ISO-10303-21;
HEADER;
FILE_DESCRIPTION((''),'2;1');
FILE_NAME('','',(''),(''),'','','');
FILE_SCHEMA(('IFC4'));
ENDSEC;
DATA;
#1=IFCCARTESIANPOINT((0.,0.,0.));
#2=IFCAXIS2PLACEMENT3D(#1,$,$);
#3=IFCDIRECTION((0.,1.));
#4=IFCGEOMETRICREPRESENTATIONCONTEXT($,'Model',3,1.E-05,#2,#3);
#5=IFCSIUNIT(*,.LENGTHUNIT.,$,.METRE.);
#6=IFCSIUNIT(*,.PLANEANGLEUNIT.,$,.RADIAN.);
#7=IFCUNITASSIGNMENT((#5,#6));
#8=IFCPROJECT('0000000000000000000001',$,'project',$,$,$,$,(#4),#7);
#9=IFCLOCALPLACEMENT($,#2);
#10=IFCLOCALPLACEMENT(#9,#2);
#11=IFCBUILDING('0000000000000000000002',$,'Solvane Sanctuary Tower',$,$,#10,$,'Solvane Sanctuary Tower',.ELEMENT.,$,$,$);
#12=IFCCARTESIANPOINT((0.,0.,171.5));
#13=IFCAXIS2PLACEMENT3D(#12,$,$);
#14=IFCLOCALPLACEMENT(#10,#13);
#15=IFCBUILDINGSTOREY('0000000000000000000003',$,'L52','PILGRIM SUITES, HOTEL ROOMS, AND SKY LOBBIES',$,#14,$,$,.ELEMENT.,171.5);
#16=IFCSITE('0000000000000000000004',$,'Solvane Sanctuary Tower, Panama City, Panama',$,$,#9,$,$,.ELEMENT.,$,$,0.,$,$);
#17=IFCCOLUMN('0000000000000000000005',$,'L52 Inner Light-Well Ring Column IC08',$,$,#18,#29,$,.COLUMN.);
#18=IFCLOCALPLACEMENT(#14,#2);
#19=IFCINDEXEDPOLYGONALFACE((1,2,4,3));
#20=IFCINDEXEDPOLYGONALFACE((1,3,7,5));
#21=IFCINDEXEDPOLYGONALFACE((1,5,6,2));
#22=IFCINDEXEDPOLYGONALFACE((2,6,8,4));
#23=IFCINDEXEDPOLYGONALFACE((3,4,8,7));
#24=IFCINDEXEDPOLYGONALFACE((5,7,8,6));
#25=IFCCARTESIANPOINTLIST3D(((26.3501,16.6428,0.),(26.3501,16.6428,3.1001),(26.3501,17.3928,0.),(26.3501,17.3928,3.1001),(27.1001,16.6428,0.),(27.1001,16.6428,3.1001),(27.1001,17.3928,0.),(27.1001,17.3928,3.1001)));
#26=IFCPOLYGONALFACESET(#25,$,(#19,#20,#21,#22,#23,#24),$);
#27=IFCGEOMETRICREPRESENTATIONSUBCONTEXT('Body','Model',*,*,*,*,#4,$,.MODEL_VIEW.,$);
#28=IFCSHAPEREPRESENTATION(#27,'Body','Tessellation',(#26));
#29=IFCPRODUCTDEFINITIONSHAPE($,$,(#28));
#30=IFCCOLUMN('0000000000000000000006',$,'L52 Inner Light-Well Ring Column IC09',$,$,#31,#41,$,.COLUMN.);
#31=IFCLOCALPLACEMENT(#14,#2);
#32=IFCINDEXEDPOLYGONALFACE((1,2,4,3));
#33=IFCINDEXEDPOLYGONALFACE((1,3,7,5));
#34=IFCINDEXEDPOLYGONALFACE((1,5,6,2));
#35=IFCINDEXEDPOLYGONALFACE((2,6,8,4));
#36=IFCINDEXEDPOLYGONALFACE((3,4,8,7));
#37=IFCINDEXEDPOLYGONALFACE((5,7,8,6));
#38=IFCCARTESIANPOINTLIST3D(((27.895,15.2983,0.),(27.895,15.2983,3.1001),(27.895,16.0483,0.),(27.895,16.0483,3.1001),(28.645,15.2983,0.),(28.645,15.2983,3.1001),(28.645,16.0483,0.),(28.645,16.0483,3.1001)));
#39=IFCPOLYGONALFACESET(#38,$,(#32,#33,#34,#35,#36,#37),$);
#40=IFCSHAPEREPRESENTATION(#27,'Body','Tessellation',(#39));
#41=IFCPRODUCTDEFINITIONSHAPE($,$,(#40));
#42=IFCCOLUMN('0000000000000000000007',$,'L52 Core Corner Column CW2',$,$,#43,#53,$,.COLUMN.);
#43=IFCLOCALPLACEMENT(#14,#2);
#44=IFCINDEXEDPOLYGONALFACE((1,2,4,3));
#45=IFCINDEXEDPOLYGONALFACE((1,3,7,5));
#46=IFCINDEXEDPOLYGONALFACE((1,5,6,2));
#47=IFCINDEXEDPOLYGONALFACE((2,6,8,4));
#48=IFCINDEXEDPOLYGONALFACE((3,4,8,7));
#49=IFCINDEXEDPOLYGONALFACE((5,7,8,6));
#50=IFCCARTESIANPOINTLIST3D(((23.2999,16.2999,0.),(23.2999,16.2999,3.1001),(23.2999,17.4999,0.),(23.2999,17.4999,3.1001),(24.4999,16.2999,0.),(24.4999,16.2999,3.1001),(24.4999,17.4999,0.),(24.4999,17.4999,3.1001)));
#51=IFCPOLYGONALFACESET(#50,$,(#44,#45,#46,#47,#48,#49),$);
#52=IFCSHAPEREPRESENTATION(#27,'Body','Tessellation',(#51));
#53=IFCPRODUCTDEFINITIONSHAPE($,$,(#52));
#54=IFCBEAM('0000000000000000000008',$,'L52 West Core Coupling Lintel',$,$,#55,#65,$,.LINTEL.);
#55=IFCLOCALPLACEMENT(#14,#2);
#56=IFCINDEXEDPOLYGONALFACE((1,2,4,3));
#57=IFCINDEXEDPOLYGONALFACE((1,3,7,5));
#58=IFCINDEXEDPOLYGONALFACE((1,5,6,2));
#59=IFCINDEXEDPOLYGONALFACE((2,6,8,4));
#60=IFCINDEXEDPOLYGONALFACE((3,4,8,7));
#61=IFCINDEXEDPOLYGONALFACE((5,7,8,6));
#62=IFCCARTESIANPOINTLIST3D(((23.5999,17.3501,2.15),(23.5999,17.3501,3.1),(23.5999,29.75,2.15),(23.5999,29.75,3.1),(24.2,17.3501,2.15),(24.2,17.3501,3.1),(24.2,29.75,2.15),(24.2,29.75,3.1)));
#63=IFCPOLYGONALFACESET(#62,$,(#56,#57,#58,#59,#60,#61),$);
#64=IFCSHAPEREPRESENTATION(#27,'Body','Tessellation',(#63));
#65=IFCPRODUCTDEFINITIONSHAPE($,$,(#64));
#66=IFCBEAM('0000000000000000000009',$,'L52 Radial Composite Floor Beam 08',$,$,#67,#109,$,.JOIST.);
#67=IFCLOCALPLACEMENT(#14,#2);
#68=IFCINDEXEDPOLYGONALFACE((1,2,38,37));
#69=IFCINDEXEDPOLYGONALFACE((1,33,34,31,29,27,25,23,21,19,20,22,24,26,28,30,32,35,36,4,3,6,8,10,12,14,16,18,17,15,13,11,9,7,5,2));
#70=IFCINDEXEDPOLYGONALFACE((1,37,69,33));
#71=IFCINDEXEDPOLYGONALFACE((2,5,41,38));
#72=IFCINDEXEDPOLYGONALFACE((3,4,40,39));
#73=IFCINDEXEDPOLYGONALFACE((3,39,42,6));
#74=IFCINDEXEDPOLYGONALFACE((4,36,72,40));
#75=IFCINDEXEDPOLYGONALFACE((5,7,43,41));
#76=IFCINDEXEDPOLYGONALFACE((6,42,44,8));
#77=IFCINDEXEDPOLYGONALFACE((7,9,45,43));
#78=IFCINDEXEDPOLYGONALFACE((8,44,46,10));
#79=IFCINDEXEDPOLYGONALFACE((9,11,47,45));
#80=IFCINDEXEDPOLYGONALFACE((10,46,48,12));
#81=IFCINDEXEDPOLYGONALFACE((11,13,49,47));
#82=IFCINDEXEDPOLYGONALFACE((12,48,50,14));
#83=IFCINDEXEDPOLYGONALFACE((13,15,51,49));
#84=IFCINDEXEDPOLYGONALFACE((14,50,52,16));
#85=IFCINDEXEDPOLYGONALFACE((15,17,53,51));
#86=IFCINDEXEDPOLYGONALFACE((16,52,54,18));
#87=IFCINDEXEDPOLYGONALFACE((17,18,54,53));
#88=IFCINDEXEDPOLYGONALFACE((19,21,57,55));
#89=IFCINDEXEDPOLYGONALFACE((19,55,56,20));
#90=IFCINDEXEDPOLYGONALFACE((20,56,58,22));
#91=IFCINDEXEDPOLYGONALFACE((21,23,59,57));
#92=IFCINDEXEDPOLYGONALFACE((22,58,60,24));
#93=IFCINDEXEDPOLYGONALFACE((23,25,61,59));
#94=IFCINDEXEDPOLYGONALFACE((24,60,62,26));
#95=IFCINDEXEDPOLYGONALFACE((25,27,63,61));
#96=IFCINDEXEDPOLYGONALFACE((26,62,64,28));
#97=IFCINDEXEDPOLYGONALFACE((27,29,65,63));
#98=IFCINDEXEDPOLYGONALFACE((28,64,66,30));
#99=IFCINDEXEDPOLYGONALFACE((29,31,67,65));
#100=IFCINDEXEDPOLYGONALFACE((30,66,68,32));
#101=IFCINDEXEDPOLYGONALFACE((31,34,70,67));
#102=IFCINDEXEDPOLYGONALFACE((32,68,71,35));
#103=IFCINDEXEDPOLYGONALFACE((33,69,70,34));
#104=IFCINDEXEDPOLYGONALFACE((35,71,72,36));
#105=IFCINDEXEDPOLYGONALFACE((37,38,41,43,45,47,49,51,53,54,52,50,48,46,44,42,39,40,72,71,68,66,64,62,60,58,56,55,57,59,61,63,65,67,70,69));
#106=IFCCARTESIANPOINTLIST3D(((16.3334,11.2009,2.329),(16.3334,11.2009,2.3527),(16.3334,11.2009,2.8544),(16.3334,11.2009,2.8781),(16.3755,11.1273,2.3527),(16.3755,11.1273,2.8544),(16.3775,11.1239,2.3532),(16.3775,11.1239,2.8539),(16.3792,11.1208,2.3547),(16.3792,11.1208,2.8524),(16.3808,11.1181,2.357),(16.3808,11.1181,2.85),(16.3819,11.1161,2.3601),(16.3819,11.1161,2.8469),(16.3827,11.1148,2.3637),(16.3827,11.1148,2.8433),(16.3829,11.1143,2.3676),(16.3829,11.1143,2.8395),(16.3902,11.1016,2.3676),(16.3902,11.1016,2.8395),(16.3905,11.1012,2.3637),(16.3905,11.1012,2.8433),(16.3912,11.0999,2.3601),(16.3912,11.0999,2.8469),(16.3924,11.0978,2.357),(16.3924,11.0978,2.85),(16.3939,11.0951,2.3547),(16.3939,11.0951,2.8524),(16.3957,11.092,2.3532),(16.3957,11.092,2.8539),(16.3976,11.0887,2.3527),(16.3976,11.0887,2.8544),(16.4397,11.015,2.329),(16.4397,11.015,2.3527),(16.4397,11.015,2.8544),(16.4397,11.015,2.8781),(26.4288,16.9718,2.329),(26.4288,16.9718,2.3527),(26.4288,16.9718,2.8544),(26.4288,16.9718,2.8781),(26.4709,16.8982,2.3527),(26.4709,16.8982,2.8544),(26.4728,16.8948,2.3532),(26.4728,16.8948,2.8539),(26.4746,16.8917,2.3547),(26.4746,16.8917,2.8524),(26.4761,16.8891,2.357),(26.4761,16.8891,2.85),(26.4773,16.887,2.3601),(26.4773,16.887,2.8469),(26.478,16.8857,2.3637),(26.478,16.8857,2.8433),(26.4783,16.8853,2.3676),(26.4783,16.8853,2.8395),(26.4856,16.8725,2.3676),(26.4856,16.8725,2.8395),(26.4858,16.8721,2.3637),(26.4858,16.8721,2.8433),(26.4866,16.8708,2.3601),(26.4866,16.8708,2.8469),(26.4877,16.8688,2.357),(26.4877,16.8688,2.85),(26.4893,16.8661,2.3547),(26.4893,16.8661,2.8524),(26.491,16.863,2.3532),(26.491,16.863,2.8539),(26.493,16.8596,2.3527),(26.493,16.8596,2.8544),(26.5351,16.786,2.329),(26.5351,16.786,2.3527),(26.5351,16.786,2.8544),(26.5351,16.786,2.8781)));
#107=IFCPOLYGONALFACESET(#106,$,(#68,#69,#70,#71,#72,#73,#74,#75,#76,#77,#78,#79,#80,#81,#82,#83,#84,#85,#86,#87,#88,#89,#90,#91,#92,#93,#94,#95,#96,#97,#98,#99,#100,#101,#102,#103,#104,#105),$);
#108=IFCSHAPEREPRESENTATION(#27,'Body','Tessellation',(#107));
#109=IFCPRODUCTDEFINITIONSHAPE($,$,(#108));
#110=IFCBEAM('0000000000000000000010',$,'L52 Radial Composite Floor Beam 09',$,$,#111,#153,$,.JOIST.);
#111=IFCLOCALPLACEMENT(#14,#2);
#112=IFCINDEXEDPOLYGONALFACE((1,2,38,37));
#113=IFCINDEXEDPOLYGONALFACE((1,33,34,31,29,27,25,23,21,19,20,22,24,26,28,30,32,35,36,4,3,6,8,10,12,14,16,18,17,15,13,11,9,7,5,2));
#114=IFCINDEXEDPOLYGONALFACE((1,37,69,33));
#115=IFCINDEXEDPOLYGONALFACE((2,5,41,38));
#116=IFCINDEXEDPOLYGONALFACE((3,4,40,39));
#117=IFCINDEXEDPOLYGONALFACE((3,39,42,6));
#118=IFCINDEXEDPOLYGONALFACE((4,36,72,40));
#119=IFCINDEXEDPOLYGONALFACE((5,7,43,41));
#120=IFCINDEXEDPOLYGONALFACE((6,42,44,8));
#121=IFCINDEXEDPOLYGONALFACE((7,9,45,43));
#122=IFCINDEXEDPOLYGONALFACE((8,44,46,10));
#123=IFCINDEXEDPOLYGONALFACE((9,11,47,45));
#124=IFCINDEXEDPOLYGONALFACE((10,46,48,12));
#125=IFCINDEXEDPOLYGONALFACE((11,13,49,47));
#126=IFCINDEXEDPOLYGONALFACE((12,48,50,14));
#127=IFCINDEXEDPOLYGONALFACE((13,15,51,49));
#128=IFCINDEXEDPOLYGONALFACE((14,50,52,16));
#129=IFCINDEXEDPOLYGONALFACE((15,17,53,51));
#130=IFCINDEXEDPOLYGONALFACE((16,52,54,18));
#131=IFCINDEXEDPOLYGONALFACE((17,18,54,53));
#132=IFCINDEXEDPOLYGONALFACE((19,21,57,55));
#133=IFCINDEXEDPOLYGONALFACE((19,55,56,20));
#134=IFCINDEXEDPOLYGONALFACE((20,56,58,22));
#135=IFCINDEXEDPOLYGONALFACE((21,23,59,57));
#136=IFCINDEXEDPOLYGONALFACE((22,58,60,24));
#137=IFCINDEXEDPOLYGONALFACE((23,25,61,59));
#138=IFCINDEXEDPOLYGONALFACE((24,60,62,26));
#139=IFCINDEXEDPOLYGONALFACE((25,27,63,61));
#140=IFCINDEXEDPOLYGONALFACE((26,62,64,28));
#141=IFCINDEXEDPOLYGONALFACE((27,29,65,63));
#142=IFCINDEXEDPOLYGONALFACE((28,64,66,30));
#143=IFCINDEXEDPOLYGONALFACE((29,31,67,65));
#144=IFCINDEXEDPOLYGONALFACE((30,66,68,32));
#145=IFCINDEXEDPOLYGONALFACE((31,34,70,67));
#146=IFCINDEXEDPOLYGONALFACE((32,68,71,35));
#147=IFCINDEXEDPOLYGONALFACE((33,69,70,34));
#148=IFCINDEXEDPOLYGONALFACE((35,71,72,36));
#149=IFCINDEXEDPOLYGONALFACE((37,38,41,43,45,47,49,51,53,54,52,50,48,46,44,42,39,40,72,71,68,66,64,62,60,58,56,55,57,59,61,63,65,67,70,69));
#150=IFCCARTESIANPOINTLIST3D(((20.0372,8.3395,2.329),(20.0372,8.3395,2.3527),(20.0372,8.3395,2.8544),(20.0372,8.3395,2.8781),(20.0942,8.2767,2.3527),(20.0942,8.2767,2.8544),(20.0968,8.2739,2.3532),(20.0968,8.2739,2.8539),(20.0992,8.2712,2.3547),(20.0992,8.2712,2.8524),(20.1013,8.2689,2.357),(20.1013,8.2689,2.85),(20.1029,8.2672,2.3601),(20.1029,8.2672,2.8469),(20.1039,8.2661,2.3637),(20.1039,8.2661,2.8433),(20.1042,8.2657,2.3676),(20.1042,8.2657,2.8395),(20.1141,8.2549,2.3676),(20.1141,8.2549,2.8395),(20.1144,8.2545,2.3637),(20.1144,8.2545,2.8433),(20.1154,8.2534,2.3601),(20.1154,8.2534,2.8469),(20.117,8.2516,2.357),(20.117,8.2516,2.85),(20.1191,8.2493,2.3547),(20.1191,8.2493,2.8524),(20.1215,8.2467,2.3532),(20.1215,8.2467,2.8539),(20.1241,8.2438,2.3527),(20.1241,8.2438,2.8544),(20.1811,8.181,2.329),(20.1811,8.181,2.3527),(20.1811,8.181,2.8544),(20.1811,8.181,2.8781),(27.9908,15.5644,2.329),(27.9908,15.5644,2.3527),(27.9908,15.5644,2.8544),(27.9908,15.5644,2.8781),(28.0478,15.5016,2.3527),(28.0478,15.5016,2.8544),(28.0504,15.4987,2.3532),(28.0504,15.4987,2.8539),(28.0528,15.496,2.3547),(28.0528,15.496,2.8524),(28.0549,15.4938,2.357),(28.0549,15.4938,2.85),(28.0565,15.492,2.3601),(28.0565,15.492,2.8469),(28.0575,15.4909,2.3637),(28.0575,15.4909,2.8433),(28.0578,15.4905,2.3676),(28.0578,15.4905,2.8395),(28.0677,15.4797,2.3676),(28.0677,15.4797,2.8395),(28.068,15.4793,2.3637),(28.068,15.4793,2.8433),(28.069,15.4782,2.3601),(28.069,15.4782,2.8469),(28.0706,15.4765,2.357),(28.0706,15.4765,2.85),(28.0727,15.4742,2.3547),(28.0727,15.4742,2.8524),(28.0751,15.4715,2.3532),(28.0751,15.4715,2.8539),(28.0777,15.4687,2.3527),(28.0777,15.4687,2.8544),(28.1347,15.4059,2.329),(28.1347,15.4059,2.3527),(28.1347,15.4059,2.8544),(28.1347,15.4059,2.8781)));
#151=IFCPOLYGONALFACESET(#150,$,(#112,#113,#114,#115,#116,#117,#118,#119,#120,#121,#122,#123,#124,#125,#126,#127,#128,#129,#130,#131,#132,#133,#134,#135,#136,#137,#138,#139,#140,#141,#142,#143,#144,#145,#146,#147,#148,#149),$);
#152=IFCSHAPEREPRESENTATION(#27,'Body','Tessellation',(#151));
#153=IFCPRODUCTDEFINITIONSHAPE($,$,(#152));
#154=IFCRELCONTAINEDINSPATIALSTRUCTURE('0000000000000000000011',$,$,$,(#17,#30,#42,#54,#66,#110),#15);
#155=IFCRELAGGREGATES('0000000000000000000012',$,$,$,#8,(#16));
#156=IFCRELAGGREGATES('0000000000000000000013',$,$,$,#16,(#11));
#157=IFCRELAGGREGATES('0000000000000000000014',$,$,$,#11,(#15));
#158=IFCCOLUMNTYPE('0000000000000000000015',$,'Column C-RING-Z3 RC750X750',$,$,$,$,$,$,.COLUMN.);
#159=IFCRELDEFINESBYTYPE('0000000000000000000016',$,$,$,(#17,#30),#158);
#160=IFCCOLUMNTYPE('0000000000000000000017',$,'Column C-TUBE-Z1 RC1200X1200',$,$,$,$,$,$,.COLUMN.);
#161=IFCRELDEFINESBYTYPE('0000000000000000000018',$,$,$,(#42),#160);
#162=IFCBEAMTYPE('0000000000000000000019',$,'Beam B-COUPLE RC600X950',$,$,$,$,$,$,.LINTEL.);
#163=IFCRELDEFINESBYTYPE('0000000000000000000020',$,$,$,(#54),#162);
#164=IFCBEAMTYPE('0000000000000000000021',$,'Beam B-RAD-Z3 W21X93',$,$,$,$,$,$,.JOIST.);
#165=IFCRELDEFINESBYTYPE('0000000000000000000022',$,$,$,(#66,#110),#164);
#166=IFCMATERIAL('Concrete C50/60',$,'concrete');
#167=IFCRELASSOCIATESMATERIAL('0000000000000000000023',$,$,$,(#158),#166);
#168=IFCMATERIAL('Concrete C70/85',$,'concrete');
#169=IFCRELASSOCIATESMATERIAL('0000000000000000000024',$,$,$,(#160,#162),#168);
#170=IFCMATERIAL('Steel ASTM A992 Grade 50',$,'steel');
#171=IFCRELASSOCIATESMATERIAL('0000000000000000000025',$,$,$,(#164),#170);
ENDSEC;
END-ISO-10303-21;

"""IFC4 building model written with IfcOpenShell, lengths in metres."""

from ifc_helpers import new_model, si_unit, direction, frame, origin, origin_2d, place, context, subcontext, project, spatial, rectangle, i_section, extrude, material, material_profile, profile_set, type_object, element, save


model = new_model("IFC4")

# Units and contexts
model_context = context("Model", 3, precision=1e-05, world=origin(), true_north=direction((0.0, 1.0)))
body_context = subcontext(model_context, "Body", "Model", "MODEL_VIEW")
ifc_project = project(units=[si_unit("LENGTHUNIT", "METRE"), si_unit("PLANEANGLEUNIT", "RADIAN")], contexts=[model_context])

# Site, building, storey
site_placement = place(None, origin())
site = spatial("IfcSite", under=ifc_project, at=site_placement, Name="Solvane Sanctuary Tower, Panama City, Panama", CompositionType="ELEMENT", RefElevation=0.0)
building_placement = place(site_placement, origin())
building = spatial("IfcBuilding", under=site, at=building_placement, Name="Solvane Sanctuary Tower", LongName="Solvane Sanctuary Tower", CompositionType="ELEMENT")
storey_placement = place(building_placement, frame((0.0, 0.0, 171.5)))
storey = spatial("IfcBuildingStorey", under=building, at=storey_placement, Name="L52", Description="PILGRIM SUITES, HOTEL ROOMS, AND SKY LOBBIES", CompositionType="ELEMENT", Elevation=171.5)

# Columns
ifc_material_1 = material(Name="Concrete C50/60", Category="concrete")
ifc_material_profile_1 = material_profile(ifc_material_1, rectangle(XDim=0.75, YDim=0.75, at=origin_2d()), Name="RC750X750")
ifc_profile_set_1 = profile_set([ifc_material_profile_1], Name="Concrete C50/60")
column_type_1 = type_object("IfcColumnType", Name="Column C-RING-Z3 RC750X750", PredefinedType="COLUMN", material=ifc_profile_set_1)
for number, where, z_axis, x_axis, name in (
    (1, (26.7251, 17.0178, 0.0), (0.0, 0.0, 1.0), (1.0, 0.0, 0.0), "L52 Inner Light-Well Ring Column IC08"),
    (2, (28.27, 15.6733, 0.0), (0.0, 0.0, 1.0), (1.0, 0.0, 0.0), "L52 Inner Light-Well Ring Column IC09"),
):
    element("IfcColumn", number, at=place(storey_placement, frame(where, z_axis=z_axis, x_axis=x_axis)), inside=storey, type_object=column_type_1, Name=name, PredefinedType="COLUMN", context=body_context, shape_type="SweptSolid", body=[
        extrude(rectangle(XDim=0.75, YDim=0.75, at=origin_2d()), origin(), (0.0, 0.0, 1.0), 3.1001),
    ])
ifc_material_2 = material(Name="Concrete C70/85", Category="concrete")
ifc_material_profile_2 = material_profile(ifc_material_2, rectangle(XDim=1.2, YDim=1.2, at=origin_2d()), Name="RC1200X1200")
ifc_profile_set_2 = profile_set([ifc_material_profile_2], Name="Concrete C70/85")
column_type_2 = type_object("IfcColumnType", Name="Column C-TUBE-Z1 RC1200X1200", PredefinedType="COLUMN", material=ifc_profile_set_2)
column_placement = place(storey_placement, frame((23.8999, 16.8999, 0.0), z_axis=(0.0, 0.0, 1.0), x_axis=(1.0, 0.0, 0.0)))
element("IfcColumn", 3, at=column_placement, inside=storey, type_object=column_type_2, Name="L52 Core Corner Column CW2", PredefinedType="COLUMN", context=body_context, shape_type="SweptSolid", body=[
    extrude(rectangle(XDim=1.2, YDim=1.2, at=origin_2d()), origin(), (0.0, 0.0, 1.0), 3.1001),
])

# Beams
ifc_material_profile_3 = material_profile(ifc_material_2, rectangle(XDim=0.6001, YDim=0.95, at=origin_2d()), Name="RC600X950")
ifc_profile_set_3 = profile_set([ifc_material_profile_3], Name="Concrete C70/85")
beam_type_1 = type_object("IfcBeamType", Name="Beam B-COUPLE RC600X950", PredefinedType="LINTEL", material=ifc_profile_set_3)
beam_1_placement = place(storey_placement, frame((23.8999, 17.3501, 2.625), z_axis=(0.0, 1.0, 0.0), x_axis=(-1.0, 0.0, 0.0)))
element("IfcBeam", 4, at=beam_1_placement, inside=storey, type_object=beam_type_1, Name="L52 West Core Coupling Lintel", PredefinedType="LINTEL", context=body_context, shape_type="SweptSolid", body=[
    extrude(rectangle(XDim=0.6001, YDim=0.95, at=origin_2d()), origin(), (0.0, 0.0, 1.0), 12.3999),
])
ifc_material_3 = material(Name="Steel ASTM A992 Grade 50", Category="steel")
ifc_material_profile_4 = material_profile(ifc_material_3, i_section(OverallWidth=0.2141, OverallDepth=0.5491, WebThickness=0.0146, FlangeThickness=0.0237, FilletRadius=0.0149, at=origin_2d()), Name="W21X93")
ifc_profile_set_4 = profile_set([ifc_material_profile_4], Name="Steel ASTM A992 Grade 50")
beam_type_2 = type_object("IfcBeamType", Name="Beam B-RAD-Z3 W21X93", PredefinedType="JOIST", material=ifc_profile_set_4)
beam_2_placement = place(storey_placement, frame((26.4819, 16.8789, 2.6035), z_axis=(-0.868163, -0.496279, 0.0), x_axis=(0.496279, -0.868163, 0.0)))
element("IfcBeam", 5, at=beam_2_placement, inside=storey, type_object=beam_type_2, Name="L52 Radial Composite Floor Beam 08", PredefinedType="JOIST", context=body_context, shape_type="SweptSolid", body=[
    extrude(i_section(OverallWidth=0.2141, OverallDepth=0.5491, WebThickness=0.0146, FlangeThickness=0.0237, FilletRadius=0.0149, at=origin_2d()), origin(), (0.0, 0.0, 1.0), 11.6284),
])
beam_3_placement = place(storey_placement, frame((28.0627, 15.4851, 2.6035), z_axis=(-0.740204, -0.672382, 0.0), x_axis=(0.672382, -0.740204, 0.0)))
element("IfcBeam", 6, at=beam_3_placement, inside=storey, type_object=beam_type_2, Name="L52 Radial Composite Floor Beam 09", PredefinedType="JOIST", context=body_context, shape_type="SweptSolid", body=[
    extrude(i_section(OverallWidth=0.2141, OverallDepth=0.5491, WebThickness=0.0146, FlangeThickness=0.0237, FilletRadius=0.0149, at=origin_2d()), origin(), (0.0, 0.0, 1.0), 10.7451),
])

save(model, "model.ifc")
